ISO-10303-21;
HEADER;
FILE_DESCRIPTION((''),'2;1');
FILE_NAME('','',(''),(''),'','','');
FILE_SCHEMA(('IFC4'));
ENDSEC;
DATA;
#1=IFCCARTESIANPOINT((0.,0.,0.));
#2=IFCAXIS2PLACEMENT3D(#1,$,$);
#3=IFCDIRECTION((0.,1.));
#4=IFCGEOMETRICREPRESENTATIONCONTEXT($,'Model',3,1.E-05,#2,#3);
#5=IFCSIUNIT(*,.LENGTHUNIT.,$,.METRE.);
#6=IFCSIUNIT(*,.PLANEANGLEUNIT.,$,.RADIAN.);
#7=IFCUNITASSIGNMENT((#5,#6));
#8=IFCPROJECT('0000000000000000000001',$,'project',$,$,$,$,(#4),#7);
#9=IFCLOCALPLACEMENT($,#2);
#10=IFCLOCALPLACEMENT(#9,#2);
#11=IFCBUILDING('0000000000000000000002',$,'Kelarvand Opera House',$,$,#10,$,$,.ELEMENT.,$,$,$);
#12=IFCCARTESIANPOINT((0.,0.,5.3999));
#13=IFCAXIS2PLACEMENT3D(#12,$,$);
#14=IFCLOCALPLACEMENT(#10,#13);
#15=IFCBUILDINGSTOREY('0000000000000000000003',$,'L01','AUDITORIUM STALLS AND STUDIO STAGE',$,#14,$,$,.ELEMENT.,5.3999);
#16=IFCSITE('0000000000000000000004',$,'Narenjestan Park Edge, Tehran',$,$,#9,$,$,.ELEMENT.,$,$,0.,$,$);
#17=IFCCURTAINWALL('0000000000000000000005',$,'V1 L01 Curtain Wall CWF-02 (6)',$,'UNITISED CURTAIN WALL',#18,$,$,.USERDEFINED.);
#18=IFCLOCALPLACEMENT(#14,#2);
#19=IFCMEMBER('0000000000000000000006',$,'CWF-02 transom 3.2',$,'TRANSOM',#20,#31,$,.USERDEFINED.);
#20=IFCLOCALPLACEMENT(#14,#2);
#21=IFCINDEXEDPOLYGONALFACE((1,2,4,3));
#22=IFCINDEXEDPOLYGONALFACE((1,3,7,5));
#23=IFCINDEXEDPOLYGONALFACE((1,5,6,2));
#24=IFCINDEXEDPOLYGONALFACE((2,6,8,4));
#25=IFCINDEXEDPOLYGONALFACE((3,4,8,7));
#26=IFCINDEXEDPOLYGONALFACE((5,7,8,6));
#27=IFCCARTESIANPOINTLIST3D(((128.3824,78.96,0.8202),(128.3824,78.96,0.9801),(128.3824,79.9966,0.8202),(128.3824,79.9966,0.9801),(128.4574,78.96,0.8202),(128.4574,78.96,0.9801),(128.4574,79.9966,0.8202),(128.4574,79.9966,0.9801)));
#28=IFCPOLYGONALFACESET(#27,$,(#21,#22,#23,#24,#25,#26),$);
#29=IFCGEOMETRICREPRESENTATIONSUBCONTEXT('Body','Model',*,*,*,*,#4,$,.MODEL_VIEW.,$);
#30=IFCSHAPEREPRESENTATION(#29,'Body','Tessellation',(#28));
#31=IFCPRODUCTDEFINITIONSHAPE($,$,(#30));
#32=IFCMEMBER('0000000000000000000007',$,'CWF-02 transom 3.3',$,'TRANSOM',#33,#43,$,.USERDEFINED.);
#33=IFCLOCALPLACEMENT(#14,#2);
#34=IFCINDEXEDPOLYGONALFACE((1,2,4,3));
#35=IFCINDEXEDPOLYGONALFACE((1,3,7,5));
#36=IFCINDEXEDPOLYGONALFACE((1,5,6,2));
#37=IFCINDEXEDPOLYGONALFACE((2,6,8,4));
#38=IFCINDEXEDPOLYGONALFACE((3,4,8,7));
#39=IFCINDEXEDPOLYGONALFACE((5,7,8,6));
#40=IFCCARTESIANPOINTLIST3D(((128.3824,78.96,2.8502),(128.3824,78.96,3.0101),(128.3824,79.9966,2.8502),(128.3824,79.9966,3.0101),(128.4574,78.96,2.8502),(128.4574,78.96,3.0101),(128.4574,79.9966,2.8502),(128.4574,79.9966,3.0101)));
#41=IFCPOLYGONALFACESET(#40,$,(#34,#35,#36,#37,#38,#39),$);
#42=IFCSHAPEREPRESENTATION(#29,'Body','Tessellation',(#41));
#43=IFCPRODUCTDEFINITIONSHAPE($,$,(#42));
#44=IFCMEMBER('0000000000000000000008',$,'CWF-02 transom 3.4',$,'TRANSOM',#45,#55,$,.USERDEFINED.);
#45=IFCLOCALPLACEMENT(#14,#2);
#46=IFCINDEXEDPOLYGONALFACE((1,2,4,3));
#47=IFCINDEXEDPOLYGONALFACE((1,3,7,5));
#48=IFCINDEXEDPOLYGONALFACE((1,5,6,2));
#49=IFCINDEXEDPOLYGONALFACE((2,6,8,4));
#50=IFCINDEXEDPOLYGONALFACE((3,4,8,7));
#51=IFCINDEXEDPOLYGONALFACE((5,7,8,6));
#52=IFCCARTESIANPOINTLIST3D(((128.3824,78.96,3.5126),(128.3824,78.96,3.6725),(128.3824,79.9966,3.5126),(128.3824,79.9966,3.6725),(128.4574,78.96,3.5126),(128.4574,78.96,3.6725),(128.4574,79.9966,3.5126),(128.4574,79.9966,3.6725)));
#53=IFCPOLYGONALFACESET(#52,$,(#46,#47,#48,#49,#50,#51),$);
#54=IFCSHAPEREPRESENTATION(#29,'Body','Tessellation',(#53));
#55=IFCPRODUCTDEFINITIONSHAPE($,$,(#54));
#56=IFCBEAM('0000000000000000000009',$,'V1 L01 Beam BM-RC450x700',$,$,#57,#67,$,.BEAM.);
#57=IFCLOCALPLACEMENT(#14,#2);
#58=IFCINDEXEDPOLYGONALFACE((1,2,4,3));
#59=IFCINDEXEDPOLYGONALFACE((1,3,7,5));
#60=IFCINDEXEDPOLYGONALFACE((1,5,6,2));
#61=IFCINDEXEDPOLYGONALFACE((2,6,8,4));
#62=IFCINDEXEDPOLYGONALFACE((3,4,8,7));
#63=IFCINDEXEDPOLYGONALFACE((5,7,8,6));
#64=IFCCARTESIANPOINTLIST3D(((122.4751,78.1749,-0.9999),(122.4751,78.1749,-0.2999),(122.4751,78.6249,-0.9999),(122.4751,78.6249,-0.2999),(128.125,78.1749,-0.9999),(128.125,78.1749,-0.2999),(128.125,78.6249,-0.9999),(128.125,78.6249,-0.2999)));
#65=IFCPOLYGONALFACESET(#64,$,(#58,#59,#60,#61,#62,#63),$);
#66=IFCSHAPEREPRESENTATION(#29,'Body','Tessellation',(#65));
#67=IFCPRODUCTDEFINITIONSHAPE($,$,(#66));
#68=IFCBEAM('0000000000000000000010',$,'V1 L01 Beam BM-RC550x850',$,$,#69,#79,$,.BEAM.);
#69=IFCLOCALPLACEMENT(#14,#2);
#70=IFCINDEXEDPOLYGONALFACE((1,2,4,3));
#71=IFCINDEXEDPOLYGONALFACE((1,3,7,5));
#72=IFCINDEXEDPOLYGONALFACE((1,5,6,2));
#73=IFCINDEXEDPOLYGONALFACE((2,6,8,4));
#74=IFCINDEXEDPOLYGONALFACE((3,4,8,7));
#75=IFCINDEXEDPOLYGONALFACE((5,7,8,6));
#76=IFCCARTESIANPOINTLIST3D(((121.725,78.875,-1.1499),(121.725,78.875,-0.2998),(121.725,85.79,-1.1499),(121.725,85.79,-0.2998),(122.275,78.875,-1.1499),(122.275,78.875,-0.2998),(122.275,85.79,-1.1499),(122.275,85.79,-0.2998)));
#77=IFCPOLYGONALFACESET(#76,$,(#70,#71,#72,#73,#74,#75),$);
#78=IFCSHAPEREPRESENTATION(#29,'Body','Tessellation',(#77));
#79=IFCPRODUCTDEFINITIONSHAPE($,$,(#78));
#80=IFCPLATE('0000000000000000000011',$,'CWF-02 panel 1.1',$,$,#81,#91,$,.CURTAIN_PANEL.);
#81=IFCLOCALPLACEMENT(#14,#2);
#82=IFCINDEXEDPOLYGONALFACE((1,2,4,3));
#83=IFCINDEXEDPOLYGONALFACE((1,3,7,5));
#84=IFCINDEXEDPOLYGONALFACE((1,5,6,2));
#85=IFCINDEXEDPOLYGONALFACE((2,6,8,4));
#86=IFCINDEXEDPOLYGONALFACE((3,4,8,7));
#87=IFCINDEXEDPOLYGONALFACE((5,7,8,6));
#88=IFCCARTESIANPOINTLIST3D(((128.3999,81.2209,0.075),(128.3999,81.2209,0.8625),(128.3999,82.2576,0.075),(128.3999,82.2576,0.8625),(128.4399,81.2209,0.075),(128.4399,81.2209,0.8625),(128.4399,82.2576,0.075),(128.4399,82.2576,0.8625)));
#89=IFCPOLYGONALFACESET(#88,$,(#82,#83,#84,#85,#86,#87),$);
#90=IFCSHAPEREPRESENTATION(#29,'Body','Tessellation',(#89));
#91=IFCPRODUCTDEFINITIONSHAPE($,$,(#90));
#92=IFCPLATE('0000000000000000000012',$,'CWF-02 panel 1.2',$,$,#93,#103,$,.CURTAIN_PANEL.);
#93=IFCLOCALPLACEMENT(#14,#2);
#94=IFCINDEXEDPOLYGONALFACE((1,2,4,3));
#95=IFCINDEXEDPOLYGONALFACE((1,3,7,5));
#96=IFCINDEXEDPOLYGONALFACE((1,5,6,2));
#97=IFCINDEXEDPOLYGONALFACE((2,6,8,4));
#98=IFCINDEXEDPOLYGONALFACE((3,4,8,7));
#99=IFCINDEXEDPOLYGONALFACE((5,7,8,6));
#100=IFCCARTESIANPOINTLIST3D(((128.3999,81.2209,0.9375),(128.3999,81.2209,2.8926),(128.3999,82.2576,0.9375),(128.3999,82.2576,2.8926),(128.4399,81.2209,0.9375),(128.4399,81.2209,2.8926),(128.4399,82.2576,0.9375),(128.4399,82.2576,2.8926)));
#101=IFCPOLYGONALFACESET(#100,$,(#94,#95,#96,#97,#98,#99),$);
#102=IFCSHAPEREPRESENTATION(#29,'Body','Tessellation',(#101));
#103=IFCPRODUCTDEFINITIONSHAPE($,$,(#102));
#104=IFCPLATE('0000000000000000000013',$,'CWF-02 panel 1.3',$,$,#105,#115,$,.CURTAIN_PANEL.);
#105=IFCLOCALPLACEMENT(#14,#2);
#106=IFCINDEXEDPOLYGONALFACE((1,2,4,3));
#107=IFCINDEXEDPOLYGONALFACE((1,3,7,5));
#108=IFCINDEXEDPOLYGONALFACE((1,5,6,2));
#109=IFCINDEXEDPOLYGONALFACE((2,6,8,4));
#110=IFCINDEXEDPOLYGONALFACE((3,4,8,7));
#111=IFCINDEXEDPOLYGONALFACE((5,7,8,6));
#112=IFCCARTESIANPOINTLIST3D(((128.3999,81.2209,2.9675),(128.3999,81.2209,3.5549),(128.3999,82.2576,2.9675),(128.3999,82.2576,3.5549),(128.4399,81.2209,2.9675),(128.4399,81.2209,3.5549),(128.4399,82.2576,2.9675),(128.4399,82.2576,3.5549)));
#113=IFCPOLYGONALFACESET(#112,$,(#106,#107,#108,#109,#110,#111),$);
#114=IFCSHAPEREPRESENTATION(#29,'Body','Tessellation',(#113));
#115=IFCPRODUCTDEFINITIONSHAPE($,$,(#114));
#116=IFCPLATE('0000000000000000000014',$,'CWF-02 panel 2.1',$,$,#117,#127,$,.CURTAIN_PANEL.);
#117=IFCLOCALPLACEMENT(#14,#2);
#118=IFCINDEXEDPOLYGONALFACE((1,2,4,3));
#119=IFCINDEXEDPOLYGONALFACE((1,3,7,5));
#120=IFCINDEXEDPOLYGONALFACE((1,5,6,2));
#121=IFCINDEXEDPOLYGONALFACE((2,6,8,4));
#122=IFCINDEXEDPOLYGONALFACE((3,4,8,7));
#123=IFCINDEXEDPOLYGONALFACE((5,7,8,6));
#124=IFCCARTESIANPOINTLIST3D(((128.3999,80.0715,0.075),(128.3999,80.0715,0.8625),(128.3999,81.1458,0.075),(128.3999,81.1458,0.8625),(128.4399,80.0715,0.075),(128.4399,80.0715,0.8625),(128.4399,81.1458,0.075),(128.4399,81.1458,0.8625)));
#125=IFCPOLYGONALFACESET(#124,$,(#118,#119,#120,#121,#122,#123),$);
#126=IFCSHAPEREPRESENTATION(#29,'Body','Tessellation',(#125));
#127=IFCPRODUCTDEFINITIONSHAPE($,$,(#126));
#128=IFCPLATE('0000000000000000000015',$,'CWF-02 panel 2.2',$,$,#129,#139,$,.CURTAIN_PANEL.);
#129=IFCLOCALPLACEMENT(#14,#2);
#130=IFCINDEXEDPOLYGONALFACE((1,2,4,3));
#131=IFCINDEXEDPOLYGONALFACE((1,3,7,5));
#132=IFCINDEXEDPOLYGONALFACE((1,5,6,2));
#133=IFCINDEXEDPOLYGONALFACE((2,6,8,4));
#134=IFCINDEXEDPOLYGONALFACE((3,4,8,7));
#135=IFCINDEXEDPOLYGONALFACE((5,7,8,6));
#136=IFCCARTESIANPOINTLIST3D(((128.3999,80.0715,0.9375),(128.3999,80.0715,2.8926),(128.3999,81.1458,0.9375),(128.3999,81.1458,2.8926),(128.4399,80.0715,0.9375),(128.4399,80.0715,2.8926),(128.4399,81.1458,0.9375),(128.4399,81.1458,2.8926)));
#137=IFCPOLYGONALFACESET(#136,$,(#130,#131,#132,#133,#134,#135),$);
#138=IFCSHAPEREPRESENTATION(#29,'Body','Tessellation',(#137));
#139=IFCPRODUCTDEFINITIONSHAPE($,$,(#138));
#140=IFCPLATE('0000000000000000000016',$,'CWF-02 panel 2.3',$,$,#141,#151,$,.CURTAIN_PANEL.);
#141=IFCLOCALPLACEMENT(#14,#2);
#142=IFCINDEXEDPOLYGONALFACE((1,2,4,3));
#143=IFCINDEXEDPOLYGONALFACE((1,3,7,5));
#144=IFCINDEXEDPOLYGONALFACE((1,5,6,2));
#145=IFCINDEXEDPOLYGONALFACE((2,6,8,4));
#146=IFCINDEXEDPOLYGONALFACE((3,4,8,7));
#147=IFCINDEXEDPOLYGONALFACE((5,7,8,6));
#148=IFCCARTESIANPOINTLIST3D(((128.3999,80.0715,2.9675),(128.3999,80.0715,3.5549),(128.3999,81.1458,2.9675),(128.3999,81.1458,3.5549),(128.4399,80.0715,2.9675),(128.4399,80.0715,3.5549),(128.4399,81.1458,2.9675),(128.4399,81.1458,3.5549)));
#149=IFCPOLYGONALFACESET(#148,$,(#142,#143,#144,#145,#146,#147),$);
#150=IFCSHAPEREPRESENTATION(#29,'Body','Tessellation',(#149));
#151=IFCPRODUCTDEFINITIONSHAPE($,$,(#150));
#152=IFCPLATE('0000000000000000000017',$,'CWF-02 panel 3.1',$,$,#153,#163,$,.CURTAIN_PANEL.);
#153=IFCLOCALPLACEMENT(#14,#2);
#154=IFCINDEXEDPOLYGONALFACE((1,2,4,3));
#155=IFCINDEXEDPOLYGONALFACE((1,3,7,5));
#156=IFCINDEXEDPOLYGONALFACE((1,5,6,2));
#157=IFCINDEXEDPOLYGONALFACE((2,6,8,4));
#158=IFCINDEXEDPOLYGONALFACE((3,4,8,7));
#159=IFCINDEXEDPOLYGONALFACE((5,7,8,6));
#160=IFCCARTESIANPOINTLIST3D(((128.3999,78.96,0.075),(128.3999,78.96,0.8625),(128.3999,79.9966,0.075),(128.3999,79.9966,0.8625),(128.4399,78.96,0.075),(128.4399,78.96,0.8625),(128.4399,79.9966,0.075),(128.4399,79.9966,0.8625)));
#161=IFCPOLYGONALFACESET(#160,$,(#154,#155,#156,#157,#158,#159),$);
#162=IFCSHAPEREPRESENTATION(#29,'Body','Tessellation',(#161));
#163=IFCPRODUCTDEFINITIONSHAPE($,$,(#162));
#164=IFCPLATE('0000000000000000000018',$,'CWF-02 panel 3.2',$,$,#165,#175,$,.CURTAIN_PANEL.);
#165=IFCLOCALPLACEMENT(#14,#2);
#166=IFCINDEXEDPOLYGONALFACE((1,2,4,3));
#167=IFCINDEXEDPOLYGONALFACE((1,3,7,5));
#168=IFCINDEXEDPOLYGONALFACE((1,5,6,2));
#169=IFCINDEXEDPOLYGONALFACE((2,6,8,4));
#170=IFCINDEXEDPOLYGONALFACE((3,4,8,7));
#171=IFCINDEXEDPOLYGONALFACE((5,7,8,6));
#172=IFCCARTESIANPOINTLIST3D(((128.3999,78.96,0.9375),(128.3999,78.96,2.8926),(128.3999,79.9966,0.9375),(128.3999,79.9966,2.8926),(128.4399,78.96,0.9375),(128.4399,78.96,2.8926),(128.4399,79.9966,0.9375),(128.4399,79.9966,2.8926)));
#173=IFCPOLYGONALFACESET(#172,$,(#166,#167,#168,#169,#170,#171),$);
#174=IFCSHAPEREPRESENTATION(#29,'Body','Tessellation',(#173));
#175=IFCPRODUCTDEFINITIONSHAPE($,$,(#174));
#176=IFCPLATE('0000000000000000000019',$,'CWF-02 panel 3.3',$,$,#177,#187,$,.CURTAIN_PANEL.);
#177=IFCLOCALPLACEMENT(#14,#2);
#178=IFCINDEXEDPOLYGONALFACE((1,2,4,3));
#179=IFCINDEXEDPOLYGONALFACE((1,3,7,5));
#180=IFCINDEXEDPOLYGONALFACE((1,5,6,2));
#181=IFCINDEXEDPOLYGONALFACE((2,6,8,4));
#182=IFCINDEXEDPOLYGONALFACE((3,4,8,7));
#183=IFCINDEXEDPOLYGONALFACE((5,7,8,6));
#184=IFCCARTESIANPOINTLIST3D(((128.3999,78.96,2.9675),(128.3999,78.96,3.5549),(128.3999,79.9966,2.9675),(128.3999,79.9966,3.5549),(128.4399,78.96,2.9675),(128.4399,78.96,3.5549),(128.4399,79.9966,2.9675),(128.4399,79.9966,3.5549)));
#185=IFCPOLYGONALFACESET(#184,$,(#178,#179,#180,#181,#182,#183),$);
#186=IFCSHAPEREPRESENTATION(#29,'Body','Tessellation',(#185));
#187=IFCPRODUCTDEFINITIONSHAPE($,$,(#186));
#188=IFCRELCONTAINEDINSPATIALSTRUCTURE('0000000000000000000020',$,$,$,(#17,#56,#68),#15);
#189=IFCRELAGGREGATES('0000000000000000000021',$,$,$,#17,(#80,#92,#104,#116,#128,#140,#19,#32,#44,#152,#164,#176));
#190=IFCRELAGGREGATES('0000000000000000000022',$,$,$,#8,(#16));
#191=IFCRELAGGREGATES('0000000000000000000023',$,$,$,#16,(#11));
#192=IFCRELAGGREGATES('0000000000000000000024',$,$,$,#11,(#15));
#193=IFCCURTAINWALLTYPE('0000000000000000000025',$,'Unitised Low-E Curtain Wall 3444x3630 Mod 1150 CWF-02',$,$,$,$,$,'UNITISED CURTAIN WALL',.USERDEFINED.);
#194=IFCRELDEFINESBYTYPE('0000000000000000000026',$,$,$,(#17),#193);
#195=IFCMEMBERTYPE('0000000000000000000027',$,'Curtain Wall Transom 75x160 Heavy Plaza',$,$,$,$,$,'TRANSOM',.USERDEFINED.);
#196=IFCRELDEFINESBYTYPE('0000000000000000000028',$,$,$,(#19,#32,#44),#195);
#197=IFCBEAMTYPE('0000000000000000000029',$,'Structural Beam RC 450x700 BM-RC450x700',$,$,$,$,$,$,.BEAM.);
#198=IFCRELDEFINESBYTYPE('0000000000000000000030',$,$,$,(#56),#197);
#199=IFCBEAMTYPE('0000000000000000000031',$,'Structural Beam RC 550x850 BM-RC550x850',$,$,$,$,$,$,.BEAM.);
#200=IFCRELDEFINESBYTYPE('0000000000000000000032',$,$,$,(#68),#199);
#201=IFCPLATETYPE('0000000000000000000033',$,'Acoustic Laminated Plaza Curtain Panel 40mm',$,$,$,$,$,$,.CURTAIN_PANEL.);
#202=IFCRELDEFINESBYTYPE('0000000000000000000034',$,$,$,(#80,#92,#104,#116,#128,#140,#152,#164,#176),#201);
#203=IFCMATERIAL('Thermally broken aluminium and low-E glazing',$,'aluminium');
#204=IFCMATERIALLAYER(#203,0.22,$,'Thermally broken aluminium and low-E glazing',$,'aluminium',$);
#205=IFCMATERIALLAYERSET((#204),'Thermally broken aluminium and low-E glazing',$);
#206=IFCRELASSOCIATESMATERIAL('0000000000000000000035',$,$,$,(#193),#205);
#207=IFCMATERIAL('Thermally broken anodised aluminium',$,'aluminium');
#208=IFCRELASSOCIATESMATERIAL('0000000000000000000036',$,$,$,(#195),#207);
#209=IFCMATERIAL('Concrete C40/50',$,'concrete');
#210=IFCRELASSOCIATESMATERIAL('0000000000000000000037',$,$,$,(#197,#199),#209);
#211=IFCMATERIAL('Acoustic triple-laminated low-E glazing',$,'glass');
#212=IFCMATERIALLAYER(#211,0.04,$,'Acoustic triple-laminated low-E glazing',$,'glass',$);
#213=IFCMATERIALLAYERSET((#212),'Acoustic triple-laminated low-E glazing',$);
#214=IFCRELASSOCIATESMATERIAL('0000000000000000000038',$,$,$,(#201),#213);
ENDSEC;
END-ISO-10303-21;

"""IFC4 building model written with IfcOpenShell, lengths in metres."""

from ifc_helpers import new_model, si_unit, direction, frame, origin, origin_2d, place, context, subcontext, project, spatial, rectangle, extrude, material, layer, layer_set, material_profile, profile_set, type_object, element, aggregate, save


model = new_model("IFC4")

# Units and contexts
model_context = context("Model", 3, precision=1e-05, world=origin(), true_north=direction((0.0, 1.0)))
body_context = subcontext(model_context, "Body", "Model", "MODEL_VIEW")
ifc_project = project(units=[si_unit("LENGTHUNIT", "METRE"), si_unit("PLANEANGLEUNIT", "RADIAN")], contexts=[model_context])

# Site, building, storey
site_placement = place(None, origin())
site = spatial("IfcSite", under=ifc_project, at=site_placement, Name="Narenjestan Park Edge, Tehran", CompositionType="ELEMENT", RefElevation=0.0)
building_placement = place(site_placement, origin())
building = spatial("IfcBuilding", under=site, at=building_placement, Name="Kelarvand Opera House", CompositionType="ELEMENT")
storey_placement = place(building_placement, frame((0.0, 0.0, 5.3999)))
storey = spatial("IfcBuildingStorey", under=building, at=storey_placement, Name="L01", Description="AUDITORIUM STALLS AND STUDIO STAGE", CompositionType="ELEMENT", Elevation=5.3999)

# Shared definitions
ifc_material_1 = material(Name="Concrete C40/50", Category="concrete")

# Curtain wall, members
ifc_material_2 = material(Name="Thermally broken aluminium and low-E glazing", Category="aluminium")
ifc_layer_1 = layer(ifc_material_2, 0.22, Name="Thermally broken aluminium and low-E glazing", Category="aluminium")
ifc_layer_set_1 = layer_set([ifc_layer_1], Name="Thermally broken aluminium and low-E glazing")
curtain_wall_type = type_object("IfcCurtainWallType", Name="Unitised Low-E Curtain Wall 3444x3630 Mod 1150 CWF-02", ElementType="UNITISED CURTAIN WALL", PredefinedType="USERDEFINED", material=ifc_layer_set_1)
curtain_wall_placement = place(storey_placement, origin())
curtain_wall = element("IfcCurtainWall", 1, at=curtain_wall_placement, inside=storey, type_object=curtain_wall_type, Name="V1 L01 Curtain Wall CWF-02 (6)", ObjectType="UNITISED CURTAIN WALL", PredefinedType="USERDEFINED")
ifc_material_3 = material(Name="Thermally broken anodised aluminium", Category="aluminium")
ifc_material_profile_1 = material_profile(ifc_material_3, rectangle(XDim=0.075, YDim=0.1599, at=origin_2d()), Name="ALU TRANSOM 75x160", Category="aluminium")
ifc_profile_set_1 = profile_set([ifc_material_profile_1], Name="Thermally broken anodised aluminium")
member_type_1 = type_object("IfcMemberType", Name="Curtain Wall Transom 75x160 Heavy Plaza", ElementType="TRANSOM", PredefinedType="USERDEFINED", material=ifc_profile_set_1)
member_1_placement = place(storey_placement, frame((128.4199, 79.9966, 0.9001), z_axis=(0.0, -1.0, 0.0), x_axis=(1.0, 0.0, 0.0)))
member_1 = element("IfcMember", 2, at=member_1_placement, type_object=member_type_1, Name="CWF-02 transom 3.2", ObjectType="TRANSOM", PredefinedType="USERDEFINED", context=body_context, shape_type="SweptSolid", body=[
    extrude(rectangle(XDim=0.075, YDim=0.1599, at=origin_2d()), origin(), (0.0, 0.0, 1.0), 1.0366),
])
member_2_placement = place(storey_placement, frame((128.4199, 79.9966, 2.9302), z_axis=(0.0, -1.0, 0.0), x_axis=(1.0, 0.0, 0.0)))
member_2 = element("IfcMember", 3, at=member_2_placement, type_object=member_type_1, Name="CWF-02 transom 3.3", ObjectType="TRANSOM", PredefinedType="USERDEFINED", context=body_context, shape_type="SweptSolid", body=[
    extrude(rectangle(XDim=0.075, YDim=0.1599, at=origin_2d()), origin(), (0.0, 0.0, 1.0), 1.0366),
])
member_3_placement = place(storey_placement, frame((128.4199, 79.9966, 3.5925), z_axis=(0.0, -1.0, 0.0), x_axis=(1.0, 0.0, 0.0)))
member_3 = element("IfcMember", 4, at=member_3_placement, type_object=member_type_1, Name="CWF-02 transom 3.4", ObjectType="TRANSOM", PredefinedType="USERDEFINED", context=body_context, shape_type="SweptSolid", body=[
    extrude(rectangle(XDim=0.075, YDim=0.1599, at=origin_2d()), origin(), (0.0, 0.0, 1.0), 1.0366),
])

# Beams
ifc_material_profile_2 = material_profile(ifc_material_1, rectangle(XDim=0.45, YDim=0.7, at=origin_2d()), Name="RC 450x700", Category="concrete")
ifc_profile_set_2 = profile_set([ifc_material_profile_2], Name="Concrete C40/50")
beam_type_1 = type_object("IfcBeamType", Name="Structural Beam RC 450x700 BM-RC450x700", PredefinedType="BEAM", material=ifc_profile_set_2)
beam_1_placement = place(storey_placement, frame((122.4751, 78.3999, -0.6499), z_axis=(1.0, 0.0, 0.0), x_axis=(0.0, 1.0, 0.0)))
element("IfcBeam", 5, at=beam_1_placement, inside=storey, type_object=beam_type_1, Name="V1 L01 Beam BM-RC450x700", PredefinedType="BEAM", context=body_context, shape_type="SweptSolid", body=[
    extrude(rectangle(XDim=0.45, YDim=0.7, at=origin_2d()), origin(), (0.0, 0.0, 1.0), 5.6499),
])
ifc_material_profile_3 = material_profile(ifc_material_1, rectangle(XDim=0.55, YDim=0.8501, at=origin_2d()), Name="RC 550x850", Category="concrete")
ifc_profile_set_3 = profile_set([ifc_material_profile_3], Name="Concrete C40/50")
beam_type_2 = type_object("IfcBeamType", Name="Structural Beam RC 550x850 BM-RC550x850", PredefinedType="BEAM", material=ifc_profile_set_3)
beam_2_placement = place(storey_placement, frame((122.0, 78.875, -0.7249), z_axis=(0.0, 1.0, 0.0), x_axis=(-1.0, 0.0, 0.0)))
element("IfcBeam", 6, at=beam_2_placement, inside=storey, type_object=beam_type_2, Name="V1 L01 Beam BM-RC550x850", PredefinedType="BEAM", context=body_context, shape_type="SweptSolid", body=[
    extrude(rectangle(XDim=0.55, YDim=0.8501, at=origin_2d()), origin(), (0.0, 0.0, 1.0), 6.915),
])

# Plates
ifc_material_4 = material(Name="Acoustic triple-laminated low-E glazing", Category="glass")
ifc_layer_2 = layer(ifc_material_4, 0.04, Name="Acoustic triple-laminated low-E glazing", Category="glass")
ifc_layer_set_2 = layer_set([ifc_layer_2], Name="Acoustic triple-laminated low-E glazing")
plate_type = type_object("IfcPlateType", Name="Acoustic Laminated Plaza Curtain Panel 40mm", PredefinedType="CURTAIN_PANEL", material=ifc_layer_set_2)
plate_1_placement = place(storey_placement, frame((128.4199, 81.7393, 0.075), z_axis=(0.0, 0.0, 1.0), x_axis=(0.0, -1.0, 0.0)))
plate_1 = element("IfcPlate", 7, at=plate_1_placement, type_object=plate_type, Name="CWF-02 panel 1.1", PredefinedType="CURTAIN_PANEL", context=body_context, shape_type="SweptSolid", body=[
    extrude(rectangle(XDim=1.0366, YDim=0.04, at=origin_2d()), origin(), (0.0, 0.0, 1.0), 0.7876),
])
plate_2_placement = place(storey_placement, frame((128.4199, 81.7393, 0.9375), z_axis=(0.0, 0.0, 1.0), x_axis=(0.0, -1.0, 0.0)))
plate_2 = element("IfcPlate", 8, at=plate_2_placement, type_object=plate_type, Name="CWF-02 panel 1.2", PredefinedType="CURTAIN_PANEL", context=body_context, shape_type="SweptSolid", body=[
    extrude(rectangle(XDim=1.0366, YDim=0.04, at=origin_2d()), origin(), (0.0, 0.0, 1.0), 1.9551),
])
plate_3_placement = place(storey_placement, frame((128.4199, 81.7393, 2.9675), z_axis=(0.0, 0.0, 1.0), x_axis=(0.0, -1.0, 0.0)))
plate_3 = element("IfcPlate", 9, at=plate_3_placement, type_object=plate_type, Name="CWF-02 panel 1.3", PredefinedType="CURTAIN_PANEL", context=body_context, shape_type="SweptSolid", body=[
    extrude(rectangle(XDim=1.0366, YDim=0.04, at=origin_2d()), origin(), (0.0, 0.0, 1.0), 0.5874),
])
plate_4_placement = place(storey_placement, frame((128.4199, 80.6086, 0.075), z_axis=(0.0, 0.0, 1.0), x_axis=(0.0, -1.0, 0.0)))
plate_4 = element("IfcPlate", 10, at=plate_4_placement, type_object=plate_type, Name="CWF-02 panel 2.1", PredefinedType="CURTAIN_PANEL", context=body_context, shape_type="SweptSolid", body=[
    extrude(rectangle(XDim=1.0742, YDim=0.04, at=origin_2d()), origin(), (0.0, 0.0, 1.0), 0.7876),
])
plate_5_placement = place(storey_placement, frame((128.4199, 80.6086, 0.9375), z_axis=(0.0, 0.0, 1.0), x_axis=(0.0, -1.0, 0.0)))
plate_5 = element("IfcPlate", 11, at=plate_5_placement, type_object=plate_type, Name="CWF-02 panel 2.2", PredefinedType="CURTAIN_PANEL", context=body_context, shape_type="SweptSolid", body=[
    extrude(rectangle(XDim=1.0742, YDim=0.04, at=origin_2d()), origin(), (0.0, 0.0, 1.0), 1.9551),
])
plate_6_placement = place(storey_placement, frame((128.4199, 80.6086, 2.9675), z_axis=(0.0, 0.0, 1.0), x_axis=(0.0, -1.0, 0.0)))
plate_6 = element("IfcPlate", 12, at=plate_6_placement, type_object=plate_type, Name="CWF-02 panel 2.3", PredefinedType="CURTAIN_PANEL", context=body_context, shape_type="SweptSolid", body=[
    extrude(rectangle(XDim=1.0742, YDim=0.04, at=origin_2d()), origin(), (0.0, 0.0, 1.0), 0.5874),
])
plate_7_placement = place(storey_placement, frame((128.4199, 79.4783, 0.075), z_axis=(0.0, 0.0, 1.0), x_axis=(0.0, -1.0, 0.0)))
plate_7 = element("IfcPlate", 13, at=plate_7_placement, type_object=plate_type, Name="CWF-02 panel 3.1", PredefinedType="CURTAIN_PANEL", context=body_context, shape_type="SweptSolid", body=[
    extrude(rectangle(XDim=1.0366, YDim=0.04, at=origin_2d()), origin(), (0.0, 0.0, 1.0), 0.7876),
])
plate_8_placement = place(storey_placement, frame((128.4199, 79.4783, 0.9375), z_axis=(0.0, 0.0, 1.0), x_axis=(0.0, -1.0, 0.0)))
plate_8 = element("IfcPlate", 14, at=plate_8_placement, type_object=plate_type, Name="CWF-02 panel 3.2", PredefinedType="CURTAIN_PANEL", context=body_context, shape_type="SweptSolid", body=[
    extrude(rectangle(XDim=1.0366, YDim=0.04, at=origin_2d()), origin(), (0.0, 0.0, 1.0), 1.9551),
])
plate_9_placement = place(storey_placement, frame((128.4199, 79.4783, 2.9675), z_axis=(0.0, 0.0, 1.0), x_axis=(0.0, -1.0, 0.0)))
plate_9 = element("IfcPlate", 15, at=plate_9_placement, type_object=plate_type, Name="CWF-02 panel 3.3", PredefinedType="CURTAIN_PANEL", context=body_context, shape_type="SweptSolid", body=[
    extrude(rectangle(XDim=1.0366, YDim=0.04, at=origin_2d()), origin(), (0.0, 0.0, 1.0), 0.5874),
])
aggregate(curtain_wall, [plate_1, plate_2, plate_3, plate_4, plate_5, plate_6, member_1, member_2, member_3, plate_7, plate_8, plate_9])

save(model, "model.ifc")
